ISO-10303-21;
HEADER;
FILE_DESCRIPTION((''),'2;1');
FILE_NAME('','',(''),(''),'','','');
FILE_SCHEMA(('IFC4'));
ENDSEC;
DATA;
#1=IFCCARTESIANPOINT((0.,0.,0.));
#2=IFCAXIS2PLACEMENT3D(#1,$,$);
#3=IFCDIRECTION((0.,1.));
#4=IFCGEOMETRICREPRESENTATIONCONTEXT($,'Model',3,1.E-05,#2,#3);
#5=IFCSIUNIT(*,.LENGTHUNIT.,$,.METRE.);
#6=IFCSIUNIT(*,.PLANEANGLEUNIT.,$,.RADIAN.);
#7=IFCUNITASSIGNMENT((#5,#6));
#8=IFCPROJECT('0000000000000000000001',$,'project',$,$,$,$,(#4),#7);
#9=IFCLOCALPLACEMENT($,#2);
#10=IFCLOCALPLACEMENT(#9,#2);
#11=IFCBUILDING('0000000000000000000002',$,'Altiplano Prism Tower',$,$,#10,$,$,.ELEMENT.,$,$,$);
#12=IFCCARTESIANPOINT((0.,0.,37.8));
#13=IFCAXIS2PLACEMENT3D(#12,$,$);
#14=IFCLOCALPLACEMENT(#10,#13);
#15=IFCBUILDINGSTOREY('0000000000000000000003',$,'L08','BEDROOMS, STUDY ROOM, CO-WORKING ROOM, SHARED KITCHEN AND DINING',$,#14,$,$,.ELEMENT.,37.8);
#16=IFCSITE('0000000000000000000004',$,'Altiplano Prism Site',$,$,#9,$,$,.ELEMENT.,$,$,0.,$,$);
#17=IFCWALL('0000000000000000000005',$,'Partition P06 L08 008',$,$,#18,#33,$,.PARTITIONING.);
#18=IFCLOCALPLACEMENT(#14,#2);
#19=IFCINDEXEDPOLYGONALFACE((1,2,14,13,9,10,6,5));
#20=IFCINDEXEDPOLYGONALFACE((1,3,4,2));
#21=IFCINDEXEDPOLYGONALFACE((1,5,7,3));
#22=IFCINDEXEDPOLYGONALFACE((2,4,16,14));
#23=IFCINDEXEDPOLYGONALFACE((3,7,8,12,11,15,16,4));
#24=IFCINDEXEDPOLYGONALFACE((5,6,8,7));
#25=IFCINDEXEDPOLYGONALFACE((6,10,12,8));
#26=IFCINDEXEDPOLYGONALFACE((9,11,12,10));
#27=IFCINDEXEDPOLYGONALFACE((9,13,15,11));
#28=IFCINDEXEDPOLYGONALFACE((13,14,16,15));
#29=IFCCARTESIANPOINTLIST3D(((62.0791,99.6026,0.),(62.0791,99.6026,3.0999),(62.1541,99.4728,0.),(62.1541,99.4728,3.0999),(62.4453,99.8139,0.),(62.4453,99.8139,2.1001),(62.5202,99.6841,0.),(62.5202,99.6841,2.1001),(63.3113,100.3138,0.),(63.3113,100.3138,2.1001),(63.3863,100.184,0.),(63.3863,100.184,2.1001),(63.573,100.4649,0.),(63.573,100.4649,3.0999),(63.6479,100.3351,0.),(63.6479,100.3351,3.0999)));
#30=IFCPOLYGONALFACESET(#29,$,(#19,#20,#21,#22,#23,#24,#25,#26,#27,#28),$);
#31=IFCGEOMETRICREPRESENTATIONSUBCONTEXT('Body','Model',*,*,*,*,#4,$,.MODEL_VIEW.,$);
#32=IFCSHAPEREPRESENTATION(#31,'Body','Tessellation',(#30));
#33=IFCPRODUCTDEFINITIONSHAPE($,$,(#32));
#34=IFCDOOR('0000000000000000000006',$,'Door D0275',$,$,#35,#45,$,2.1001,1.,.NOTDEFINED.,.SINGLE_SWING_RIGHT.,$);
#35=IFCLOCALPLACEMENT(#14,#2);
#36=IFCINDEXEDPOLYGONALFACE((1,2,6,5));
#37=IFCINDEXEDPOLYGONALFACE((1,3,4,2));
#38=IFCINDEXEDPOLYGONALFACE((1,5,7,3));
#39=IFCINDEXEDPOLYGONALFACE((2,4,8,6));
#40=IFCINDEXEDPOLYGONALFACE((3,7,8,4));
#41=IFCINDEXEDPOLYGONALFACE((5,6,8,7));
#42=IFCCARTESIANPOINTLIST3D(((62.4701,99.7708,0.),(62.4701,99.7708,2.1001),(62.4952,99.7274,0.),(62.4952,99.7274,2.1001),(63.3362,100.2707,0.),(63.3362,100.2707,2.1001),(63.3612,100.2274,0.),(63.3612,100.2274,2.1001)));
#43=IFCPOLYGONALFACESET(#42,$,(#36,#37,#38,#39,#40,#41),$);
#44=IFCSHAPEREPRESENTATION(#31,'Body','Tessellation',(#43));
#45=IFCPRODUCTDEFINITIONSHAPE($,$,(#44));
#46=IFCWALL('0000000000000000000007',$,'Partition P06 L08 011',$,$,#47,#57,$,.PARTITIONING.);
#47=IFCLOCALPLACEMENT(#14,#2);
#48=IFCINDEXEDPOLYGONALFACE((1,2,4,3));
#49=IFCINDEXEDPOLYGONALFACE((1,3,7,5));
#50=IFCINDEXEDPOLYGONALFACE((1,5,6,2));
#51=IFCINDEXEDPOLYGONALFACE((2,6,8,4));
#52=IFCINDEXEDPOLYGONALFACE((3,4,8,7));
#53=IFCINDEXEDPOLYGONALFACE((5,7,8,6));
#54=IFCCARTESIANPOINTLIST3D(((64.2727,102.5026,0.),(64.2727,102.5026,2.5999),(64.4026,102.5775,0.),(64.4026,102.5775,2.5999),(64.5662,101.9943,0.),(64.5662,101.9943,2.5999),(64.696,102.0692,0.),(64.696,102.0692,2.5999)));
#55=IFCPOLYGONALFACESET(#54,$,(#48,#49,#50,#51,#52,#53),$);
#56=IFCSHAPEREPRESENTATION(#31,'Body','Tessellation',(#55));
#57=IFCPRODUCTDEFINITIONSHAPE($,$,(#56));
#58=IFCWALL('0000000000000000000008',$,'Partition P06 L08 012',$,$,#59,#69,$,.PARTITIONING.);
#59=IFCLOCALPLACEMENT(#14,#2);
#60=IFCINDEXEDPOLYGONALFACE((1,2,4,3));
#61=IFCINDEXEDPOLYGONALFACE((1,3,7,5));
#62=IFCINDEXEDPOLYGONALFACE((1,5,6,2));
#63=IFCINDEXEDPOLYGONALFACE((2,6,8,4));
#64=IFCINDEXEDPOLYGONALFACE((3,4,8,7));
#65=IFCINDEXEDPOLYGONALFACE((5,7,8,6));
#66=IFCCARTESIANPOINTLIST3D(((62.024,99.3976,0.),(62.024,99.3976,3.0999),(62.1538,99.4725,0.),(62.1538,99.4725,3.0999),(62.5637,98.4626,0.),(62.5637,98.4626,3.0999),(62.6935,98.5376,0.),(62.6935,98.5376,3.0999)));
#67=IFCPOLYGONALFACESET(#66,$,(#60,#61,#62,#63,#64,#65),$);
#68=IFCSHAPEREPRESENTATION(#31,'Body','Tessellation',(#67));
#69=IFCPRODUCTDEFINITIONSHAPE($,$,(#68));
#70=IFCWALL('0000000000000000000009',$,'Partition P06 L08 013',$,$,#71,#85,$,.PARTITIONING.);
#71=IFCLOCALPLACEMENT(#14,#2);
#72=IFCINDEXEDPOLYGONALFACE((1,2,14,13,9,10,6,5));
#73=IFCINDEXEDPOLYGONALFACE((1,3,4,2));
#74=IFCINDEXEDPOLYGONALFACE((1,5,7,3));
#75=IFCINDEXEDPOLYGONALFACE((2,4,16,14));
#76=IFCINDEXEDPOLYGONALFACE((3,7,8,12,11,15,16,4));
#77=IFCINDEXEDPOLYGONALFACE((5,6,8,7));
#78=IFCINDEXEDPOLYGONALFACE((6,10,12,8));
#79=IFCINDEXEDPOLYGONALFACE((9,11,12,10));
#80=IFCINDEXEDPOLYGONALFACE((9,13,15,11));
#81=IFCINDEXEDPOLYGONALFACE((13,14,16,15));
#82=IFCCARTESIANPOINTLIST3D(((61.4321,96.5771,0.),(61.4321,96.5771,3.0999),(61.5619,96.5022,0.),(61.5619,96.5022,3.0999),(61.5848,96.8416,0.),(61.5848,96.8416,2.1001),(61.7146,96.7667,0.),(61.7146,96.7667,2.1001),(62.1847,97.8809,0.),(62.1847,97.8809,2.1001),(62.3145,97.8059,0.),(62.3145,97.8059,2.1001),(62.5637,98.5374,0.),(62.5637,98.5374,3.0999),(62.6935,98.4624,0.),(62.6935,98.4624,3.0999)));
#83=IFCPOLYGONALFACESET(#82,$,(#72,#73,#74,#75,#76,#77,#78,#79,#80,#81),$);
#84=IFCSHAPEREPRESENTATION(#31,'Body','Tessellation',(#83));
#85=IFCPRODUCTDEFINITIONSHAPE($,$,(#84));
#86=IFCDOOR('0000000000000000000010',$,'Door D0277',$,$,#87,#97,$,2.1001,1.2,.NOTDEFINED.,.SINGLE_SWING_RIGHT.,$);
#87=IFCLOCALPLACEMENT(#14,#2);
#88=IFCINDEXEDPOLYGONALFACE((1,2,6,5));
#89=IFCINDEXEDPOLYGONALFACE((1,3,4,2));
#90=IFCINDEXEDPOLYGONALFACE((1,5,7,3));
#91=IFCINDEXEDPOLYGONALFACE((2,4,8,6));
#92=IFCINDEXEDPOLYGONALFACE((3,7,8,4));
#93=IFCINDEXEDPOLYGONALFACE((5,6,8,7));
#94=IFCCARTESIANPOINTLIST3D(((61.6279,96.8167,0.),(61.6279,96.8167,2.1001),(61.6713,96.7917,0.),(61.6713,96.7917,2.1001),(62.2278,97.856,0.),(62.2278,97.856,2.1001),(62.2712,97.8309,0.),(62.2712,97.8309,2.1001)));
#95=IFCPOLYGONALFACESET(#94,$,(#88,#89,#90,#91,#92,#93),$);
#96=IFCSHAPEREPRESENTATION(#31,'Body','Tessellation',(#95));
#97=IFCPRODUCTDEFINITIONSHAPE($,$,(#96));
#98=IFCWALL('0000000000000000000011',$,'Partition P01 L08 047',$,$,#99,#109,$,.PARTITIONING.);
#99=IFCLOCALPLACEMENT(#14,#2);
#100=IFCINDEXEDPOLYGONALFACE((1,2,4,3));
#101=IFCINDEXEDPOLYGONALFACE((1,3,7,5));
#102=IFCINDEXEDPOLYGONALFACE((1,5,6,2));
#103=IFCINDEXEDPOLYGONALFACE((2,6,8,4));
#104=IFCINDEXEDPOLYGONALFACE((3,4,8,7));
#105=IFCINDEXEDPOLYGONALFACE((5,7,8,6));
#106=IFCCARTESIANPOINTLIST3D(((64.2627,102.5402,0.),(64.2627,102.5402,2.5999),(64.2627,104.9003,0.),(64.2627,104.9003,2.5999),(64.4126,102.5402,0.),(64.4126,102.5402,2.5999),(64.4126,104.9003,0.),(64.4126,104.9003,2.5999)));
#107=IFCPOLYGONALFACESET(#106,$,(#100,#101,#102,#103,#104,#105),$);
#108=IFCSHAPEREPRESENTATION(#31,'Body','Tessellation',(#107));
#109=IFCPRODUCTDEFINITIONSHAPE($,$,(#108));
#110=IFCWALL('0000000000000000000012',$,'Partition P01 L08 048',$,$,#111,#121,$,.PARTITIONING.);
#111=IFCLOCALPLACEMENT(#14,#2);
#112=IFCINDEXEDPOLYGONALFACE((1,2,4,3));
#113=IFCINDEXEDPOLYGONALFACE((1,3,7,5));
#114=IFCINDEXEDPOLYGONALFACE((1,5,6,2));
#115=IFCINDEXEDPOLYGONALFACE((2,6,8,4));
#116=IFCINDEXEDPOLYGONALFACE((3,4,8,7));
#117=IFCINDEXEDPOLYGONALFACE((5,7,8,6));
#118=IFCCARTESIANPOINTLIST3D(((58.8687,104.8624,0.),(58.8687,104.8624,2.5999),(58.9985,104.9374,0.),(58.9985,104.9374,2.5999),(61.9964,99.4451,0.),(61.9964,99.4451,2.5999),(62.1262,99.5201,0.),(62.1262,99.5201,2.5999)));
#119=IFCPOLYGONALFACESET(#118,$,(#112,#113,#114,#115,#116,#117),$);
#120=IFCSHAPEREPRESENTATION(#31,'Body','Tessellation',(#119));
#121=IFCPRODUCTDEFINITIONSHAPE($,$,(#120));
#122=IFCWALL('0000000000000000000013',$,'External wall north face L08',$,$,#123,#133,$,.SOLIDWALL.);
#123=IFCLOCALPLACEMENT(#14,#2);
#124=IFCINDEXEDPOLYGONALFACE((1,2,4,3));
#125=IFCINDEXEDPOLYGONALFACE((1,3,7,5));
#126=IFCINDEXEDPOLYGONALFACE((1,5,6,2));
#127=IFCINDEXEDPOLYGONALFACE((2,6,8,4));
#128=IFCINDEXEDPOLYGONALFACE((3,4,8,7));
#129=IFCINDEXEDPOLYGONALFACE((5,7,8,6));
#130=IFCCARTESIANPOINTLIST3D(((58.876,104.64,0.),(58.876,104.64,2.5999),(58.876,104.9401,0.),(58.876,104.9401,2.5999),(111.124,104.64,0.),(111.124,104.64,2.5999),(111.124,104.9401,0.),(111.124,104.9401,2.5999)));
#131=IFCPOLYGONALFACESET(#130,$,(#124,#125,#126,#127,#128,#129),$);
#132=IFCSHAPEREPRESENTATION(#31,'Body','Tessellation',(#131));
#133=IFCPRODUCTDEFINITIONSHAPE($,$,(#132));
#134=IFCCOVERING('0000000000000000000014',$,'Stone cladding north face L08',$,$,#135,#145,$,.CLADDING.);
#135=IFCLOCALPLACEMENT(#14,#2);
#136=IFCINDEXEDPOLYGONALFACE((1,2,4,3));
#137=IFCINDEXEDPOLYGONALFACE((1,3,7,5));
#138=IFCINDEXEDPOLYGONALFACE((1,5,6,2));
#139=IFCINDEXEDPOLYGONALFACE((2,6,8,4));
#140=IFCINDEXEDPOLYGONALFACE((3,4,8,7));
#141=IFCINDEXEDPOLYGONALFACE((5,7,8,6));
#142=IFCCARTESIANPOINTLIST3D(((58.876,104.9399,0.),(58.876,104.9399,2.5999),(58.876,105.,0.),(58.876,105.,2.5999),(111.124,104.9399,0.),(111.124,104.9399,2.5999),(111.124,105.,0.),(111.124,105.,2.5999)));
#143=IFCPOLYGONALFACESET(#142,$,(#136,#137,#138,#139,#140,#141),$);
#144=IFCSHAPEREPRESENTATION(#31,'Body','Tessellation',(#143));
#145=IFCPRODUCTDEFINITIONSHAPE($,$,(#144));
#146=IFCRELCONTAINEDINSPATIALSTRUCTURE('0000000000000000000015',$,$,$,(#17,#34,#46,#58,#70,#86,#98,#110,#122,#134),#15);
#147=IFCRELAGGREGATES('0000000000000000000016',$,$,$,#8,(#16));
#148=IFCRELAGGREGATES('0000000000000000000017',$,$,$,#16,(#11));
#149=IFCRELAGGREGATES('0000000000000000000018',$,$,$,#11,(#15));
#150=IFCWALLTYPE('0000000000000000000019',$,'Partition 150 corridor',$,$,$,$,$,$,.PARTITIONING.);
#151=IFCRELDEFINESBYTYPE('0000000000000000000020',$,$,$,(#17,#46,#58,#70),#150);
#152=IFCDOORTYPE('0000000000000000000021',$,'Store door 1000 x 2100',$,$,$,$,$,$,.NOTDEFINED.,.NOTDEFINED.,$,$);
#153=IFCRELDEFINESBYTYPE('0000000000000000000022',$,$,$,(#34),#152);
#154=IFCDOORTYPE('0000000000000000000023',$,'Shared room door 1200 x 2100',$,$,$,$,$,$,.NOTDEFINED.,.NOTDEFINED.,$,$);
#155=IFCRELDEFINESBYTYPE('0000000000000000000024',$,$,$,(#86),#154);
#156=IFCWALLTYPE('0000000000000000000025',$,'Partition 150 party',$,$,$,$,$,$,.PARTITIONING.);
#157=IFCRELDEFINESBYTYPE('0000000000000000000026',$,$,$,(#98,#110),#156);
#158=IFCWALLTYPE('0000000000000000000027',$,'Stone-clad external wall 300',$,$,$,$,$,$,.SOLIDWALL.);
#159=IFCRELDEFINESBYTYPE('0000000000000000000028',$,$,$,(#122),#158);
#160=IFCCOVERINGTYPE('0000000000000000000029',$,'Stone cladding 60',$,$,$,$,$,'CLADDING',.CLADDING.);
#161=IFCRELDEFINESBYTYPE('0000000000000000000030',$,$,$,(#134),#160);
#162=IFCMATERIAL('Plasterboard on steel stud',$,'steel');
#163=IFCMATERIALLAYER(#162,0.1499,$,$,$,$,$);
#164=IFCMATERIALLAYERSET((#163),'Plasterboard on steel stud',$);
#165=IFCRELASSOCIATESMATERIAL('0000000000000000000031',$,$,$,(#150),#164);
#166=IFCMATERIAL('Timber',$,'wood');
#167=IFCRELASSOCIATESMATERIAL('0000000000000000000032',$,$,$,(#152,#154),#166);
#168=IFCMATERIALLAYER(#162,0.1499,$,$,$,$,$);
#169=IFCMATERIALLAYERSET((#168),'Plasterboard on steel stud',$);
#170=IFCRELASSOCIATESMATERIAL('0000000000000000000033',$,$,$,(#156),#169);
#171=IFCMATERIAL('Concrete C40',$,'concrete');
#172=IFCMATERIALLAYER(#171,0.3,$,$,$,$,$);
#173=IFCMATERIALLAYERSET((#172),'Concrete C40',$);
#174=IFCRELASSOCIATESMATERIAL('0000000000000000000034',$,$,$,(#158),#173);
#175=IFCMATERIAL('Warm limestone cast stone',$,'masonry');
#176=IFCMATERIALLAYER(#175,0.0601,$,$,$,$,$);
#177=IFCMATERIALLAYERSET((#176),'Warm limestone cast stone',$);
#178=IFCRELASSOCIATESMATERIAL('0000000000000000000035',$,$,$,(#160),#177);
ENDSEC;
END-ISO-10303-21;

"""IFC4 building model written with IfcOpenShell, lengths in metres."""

from ifc_helpers import new_model, si_unit, direction, frame, frame_2d, origin, place, context, subcontext, project, spatial, rectangle, extrude, material, layer, layer_set, type_object, element, fill, save


model = new_model("IFC4")

# Units and contexts
model_context = context("Model", 3, precision=1e-05, world=origin(), true_north=direction((0.0, 1.0)))
body_context = subcontext(model_context, "Body", "Model", "MODEL_VIEW")
ifc_project = project(units=[si_unit("LENGTHUNIT", "METRE"), si_unit("PLANEANGLEUNIT", "RADIAN")], contexts=[model_context])

# Site, building, storey
site_placement = place(None, origin())
site = spatial("IfcSite", under=ifc_project, at=site_placement, Name="Altiplano Prism Site", CompositionType="ELEMENT", RefElevation=0.0)
building_placement = place(site_placement, origin())
building = spatial("IfcBuilding", under=site, at=building_placement, Name="Altiplano Prism Tower", CompositionType="ELEMENT")
storey_placement = place(building_placement, frame((0.0, 0.0, 37.8)))
storey = spatial("IfcBuildingStorey", under=building, at=storey_placement, Name="L08", Description="BEDROOMS, STUDY ROOM, CO-WORKING ROOM, SHARED KITCHEN AND DINING", CompositionType="ELEMENT", Elevation=37.8)

# Shared definitions
ifc_material_1 = material(Name="Plasterboard on steel stud", Category="steel")
ifc_layer_1 = layer(ifc_material_1, 0.1499)
ifc_layer_set_1 = layer_set([ifc_layer_1], Name="Plasterboard on steel stud")
wall_type_1 = type_object("IfcWallType", Name="Partition 150 corridor", PredefinedType="PARTITIONING", material=ifc_layer_set_1)

# Wall, opening, door
wall_1_placement = place(storey_placement, frame((63.6104, 100.3999, 0.0), z_axis=(0.0, 0.0, 1.0), x_axis=(-0.866075, -0.499914, 0.0)))
wall_1 = element("IfcWall", 1, at=wall_1_placement, inside=storey, type_object=wall_type_1, Name="Partition P06 L08 008", PredefinedType="PARTITIONING", context=body_context, shape_type="SweptSolid", body=[
    extrude(rectangle(XDim=1.7249, YDim=0.1499, at=frame_2d((0.8623, 0.0))), origin(), (0.0, 0.0, 1.0), 3.0999),
])
opening_1_placement = place(wall_1_placement, frame((0.302, 0.0, 0.0)))
opening_1 = element("IfcOpeningElement", 2, at=opening_1_placement, cuts=wall_1, PredefinedType="OPENING", context=body_context, shape_type="SweptSolid", body=[
    extrude(rectangle(XDim=1.0, YDim=2.1001, at=frame_2d((0.5, 1.05))), frame((0.0, 0.0854, 0.0), z_axis=(0.0, -1.0, 0.0), x_axis=(1.0, 0.0, 0.0)), (0.0, 0.0, 1.0), 0.1709),
])
ifc_material_2 = material(Name="Timber", Category="wood")
door_type_1 = type_object("IfcDoorType", Name="Store door 1000 x 2100", OperationType="NOTDEFINED", PredefinedType="NOTDEFINED", material=ifc_material_2)
door_1_placement = place(opening_1_placement, origin())
door_1 = element("IfcDoor", 3, at=door_1_placement, inside=storey, type_object=door_type_1, Name="Door D0275", OperationType="SINGLE_SWING_RIGHT", OverallHeight=2.1001, OverallWidth=1.0, PredefinedType="NOTDEFINED", context=body_context, shape_type="SweptSolid", body=[
    extrude(rectangle(XDim=1.0, YDim=2.1001, at=frame_2d((0.5, 1.05))), frame((0.0, 0.0249, 0.0), z_axis=(0.0, -1.0, 0.0), x_axis=(1.0, 0.0, 0.0)), (0.0, 0.0, 1.0), 0.05),
])
fill(opening_1, door_1)

# Walls
wall_2_placement = place(storey_placement, frame((64.6311, 102.0317, 0.0), z_axis=(0.0, 0.0, 1.0), x_axis=(-0.499987, 0.866033, 0.0)))
element("IfcWall", 4, at=wall_2_placement, inside=storey, type_object=wall_type_1, Name="Partition P06 L08 011", PredefinedType="PARTITIONING", context=body_context, shape_type="SweptSolid", body=[
    extrude(rectangle(XDim=0.5869, YDim=0.1499, at=frame_2d((0.2935, 0.0))), origin(), (0.0, 0.0, 1.0), 2.5999),
])
wall_3_placement = place(storey_placement, frame((62.0889, 99.4351, 0.0), z_axis=(0.0, 0.0, 1.0), x_axis=(0.499957, -0.86605, 0.0)))
element("IfcWall", 5, at=wall_3_placement, inside=storey, type_object=wall_type_1, Name="Partition P06 L08 012", PredefinedType="PARTITIONING", context=body_context, shape_type="SweptSolid", body=[
    extrude(rectangle(XDim=1.0796, YDim=0.1499, at=frame_2d((0.5398, 0.0))), origin(), (0.0, 0.0, 1.0), 3.0999),
])

# Wall, opening, door
wall_4_placement = place(storey_placement, frame((62.6287, 98.5, 0.0), z_axis=(0.0, 0.0, 1.0), x_axis=(-0.499956, -0.866051, 0.0)))
wall_4 = element("IfcWall", 6, at=wall_4_placement, inside=storey, type_object=wall_type_1, Name="Partition P06 L08 013", PredefinedType="PARTITIONING", context=body_context, shape_type="SweptSolid", body=[
    extrude(rectangle(XDim=2.2634, YDim=0.1499, at=frame_2d((1.1318, 0.0))), origin(), (0.0, 0.0, 1.0), 3.0999),
])
opening_2_placement = place(wall_4_placement, frame((0.7581, 0.0, 0.0)))
opening_2 = element("IfcOpeningElement", 7, at=opening_2_placement, cuts=wall_4, PredefinedType="OPENING", context=body_context, shape_type="SweptSolid", body=[
    extrude(rectangle(XDim=1.2, YDim=2.1001, at=frame_2d((0.6001, 1.05))), frame((0.0, 0.0854, 0.0), z_axis=(0.0, -1.0, 0.0), x_axis=(1.0, 0.0, 0.0)), (0.0, 0.0, 1.0), 0.1709),
])
door_type_2 = type_object("IfcDoorType", Name="Shared room door 1200 x 2100", OperationType="NOTDEFINED", PredefinedType="NOTDEFINED", material=ifc_material_2)
door_2_placement = place(opening_2_placement, origin())
door_2 = element("IfcDoor", 8, at=door_2_placement, inside=storey, type_object=door_type_2, Name="Door D0277", OperationType="SINGLE_SWING_RIGHT", OverallHeight=2.1001, OverallWidth=1.2, PredefinedType="NOTDEFINED", context=body_context, shape_type="SweptSolid", body=[
    extrude(rectangle(XDim=1.2, YDim=2.1001, at=frame_2d((0.6001, 1.05))), frame((0.0, 0.0249, 0.0), z_axis=(0.0, -1.0, 0.0), x_axis=(1.0, 0.0, 0.0)), (0.0, 0.0, 1.0), 0.05),
])
fill(opening_2, door_2)

# Walls
ifc_layer_2 = layer(ifc_material_1, 0.1499)
ifc_layer_set_2 = layer_set([ifc_layer_2], Name="Plasterboard on steel stud")
wall_type_2 = type_object("IfcWallType", Name="Partition 150 party", PredefinedType="PARTITIONING", material=ifc_layer_set_2)
wall_5_placement = place(storey_placement, frame((64.3376, 102.54, 0.0), z_axis=(0.0, 0.0, 1.0), x_axis=(0.0, 1.0, 0.0)))
element("IfcWall", 9, at=wall_5_placement, inside=storey, type_object=wall_type_2, Name="Partition P01 L08 047", PredefinedType="PARTITIONING", context=body_context, shape_type="SweptSolid", body=[
    extrude(rectangle(XDim=2.3601, YDim=0.1499, at=frame_2d((1.1802, 0.0))), origin(), (0.0, 0.0, 1.0), 2.5999),
])
wall_6_placement = place(storey_placement, frame((58.9336, 104.8999, 0.0), z_axis=(0.0, 0.0, 1.0), x_axis=(0.500005, -0.866022, 0.0)))
element("IfcWall", 10, at=wall_6_placement, inside=storey, type_object=wall_type_2, Name="Partition P01 L08 048", PredefinedType="PARTITIONING", context=body_context, shape_type="SweptSolid", body=[
    extrude(rectangle(XDim=6.2554, YDim=0.1499, at=frame_2d((3.1277, 0.0))), origin(), (0.0, 0.0, 1.0), 2.5999),
])
ifc_material_3 = material(Name="Concrete C40", Category="concrete")
ifc_layer_3 = layer(ifc_material_3, 0.3)
ifc_layer_set_3 = layer_set([ifc_layer_3], Name="Concrete C40")
wall_type_3 = type_object("IfcWallType", Name="Stone-clad external wall 300", PredefinedType="SOLIDWALL", material=ifc_layer_set_3)
wall_7_placement = place(storey_placement, frame((58.876, 104.79, 0.0), z_axis=(0.0, 0.0, 1.0), x_axis=(1.0, 0.0, 0.0)))
element("IfcWall", 11, at=wall_7_placement, inside=storey, type_object=wall_type_3, Name="External wall north face L08", PredefinedType="SOLIDWALL", context=body_context, shape_type="SweptSolid", body=[
    extrude(rectangle(XDim=52.248, YDim=0.3, at=frame_2d((26.124, 0.0))), origin(), (0.0, 0.0, 1.0), 2.5999),
])

# Covering
ifc_material_4 = material(Name="Warm limestone cast stone", Category="masonry")
ifc_layer_4 = layer(ifc_material_4, 0.0601)
ifc_layer_set_4 = layer_set([ifc_layer_4], Name="Warm limestone cast stone")
covering_type = type_object("IfcCoveringType", Name="Stone cladding 60", ElementType="CLADDING", PredefinedType="CLADDING", material=ifc_layer_set_4)
covering_placement = place(storey_placement, frame((58.876, 104.97, 0.0), z_axis=(0.0, 0.0, 1.0), x_axis=(1.0, 0.0, 0.0)))
element("IfcCovering", 12, at=covering_placement, inside=storey, type_object=covering_type, Name="Stone cladding north face L08", PredefinedType="CLADDING", context=body_context, shape_type="SweptSolid", body=[
    extrude(rectangle(XDim=52.248, YDim=0.0601, at=frame_2d((26.124, 0.0))), origin(), (0.0, 0.0, 1.0), 2.5999),
])

save(model, "model.ifc")
